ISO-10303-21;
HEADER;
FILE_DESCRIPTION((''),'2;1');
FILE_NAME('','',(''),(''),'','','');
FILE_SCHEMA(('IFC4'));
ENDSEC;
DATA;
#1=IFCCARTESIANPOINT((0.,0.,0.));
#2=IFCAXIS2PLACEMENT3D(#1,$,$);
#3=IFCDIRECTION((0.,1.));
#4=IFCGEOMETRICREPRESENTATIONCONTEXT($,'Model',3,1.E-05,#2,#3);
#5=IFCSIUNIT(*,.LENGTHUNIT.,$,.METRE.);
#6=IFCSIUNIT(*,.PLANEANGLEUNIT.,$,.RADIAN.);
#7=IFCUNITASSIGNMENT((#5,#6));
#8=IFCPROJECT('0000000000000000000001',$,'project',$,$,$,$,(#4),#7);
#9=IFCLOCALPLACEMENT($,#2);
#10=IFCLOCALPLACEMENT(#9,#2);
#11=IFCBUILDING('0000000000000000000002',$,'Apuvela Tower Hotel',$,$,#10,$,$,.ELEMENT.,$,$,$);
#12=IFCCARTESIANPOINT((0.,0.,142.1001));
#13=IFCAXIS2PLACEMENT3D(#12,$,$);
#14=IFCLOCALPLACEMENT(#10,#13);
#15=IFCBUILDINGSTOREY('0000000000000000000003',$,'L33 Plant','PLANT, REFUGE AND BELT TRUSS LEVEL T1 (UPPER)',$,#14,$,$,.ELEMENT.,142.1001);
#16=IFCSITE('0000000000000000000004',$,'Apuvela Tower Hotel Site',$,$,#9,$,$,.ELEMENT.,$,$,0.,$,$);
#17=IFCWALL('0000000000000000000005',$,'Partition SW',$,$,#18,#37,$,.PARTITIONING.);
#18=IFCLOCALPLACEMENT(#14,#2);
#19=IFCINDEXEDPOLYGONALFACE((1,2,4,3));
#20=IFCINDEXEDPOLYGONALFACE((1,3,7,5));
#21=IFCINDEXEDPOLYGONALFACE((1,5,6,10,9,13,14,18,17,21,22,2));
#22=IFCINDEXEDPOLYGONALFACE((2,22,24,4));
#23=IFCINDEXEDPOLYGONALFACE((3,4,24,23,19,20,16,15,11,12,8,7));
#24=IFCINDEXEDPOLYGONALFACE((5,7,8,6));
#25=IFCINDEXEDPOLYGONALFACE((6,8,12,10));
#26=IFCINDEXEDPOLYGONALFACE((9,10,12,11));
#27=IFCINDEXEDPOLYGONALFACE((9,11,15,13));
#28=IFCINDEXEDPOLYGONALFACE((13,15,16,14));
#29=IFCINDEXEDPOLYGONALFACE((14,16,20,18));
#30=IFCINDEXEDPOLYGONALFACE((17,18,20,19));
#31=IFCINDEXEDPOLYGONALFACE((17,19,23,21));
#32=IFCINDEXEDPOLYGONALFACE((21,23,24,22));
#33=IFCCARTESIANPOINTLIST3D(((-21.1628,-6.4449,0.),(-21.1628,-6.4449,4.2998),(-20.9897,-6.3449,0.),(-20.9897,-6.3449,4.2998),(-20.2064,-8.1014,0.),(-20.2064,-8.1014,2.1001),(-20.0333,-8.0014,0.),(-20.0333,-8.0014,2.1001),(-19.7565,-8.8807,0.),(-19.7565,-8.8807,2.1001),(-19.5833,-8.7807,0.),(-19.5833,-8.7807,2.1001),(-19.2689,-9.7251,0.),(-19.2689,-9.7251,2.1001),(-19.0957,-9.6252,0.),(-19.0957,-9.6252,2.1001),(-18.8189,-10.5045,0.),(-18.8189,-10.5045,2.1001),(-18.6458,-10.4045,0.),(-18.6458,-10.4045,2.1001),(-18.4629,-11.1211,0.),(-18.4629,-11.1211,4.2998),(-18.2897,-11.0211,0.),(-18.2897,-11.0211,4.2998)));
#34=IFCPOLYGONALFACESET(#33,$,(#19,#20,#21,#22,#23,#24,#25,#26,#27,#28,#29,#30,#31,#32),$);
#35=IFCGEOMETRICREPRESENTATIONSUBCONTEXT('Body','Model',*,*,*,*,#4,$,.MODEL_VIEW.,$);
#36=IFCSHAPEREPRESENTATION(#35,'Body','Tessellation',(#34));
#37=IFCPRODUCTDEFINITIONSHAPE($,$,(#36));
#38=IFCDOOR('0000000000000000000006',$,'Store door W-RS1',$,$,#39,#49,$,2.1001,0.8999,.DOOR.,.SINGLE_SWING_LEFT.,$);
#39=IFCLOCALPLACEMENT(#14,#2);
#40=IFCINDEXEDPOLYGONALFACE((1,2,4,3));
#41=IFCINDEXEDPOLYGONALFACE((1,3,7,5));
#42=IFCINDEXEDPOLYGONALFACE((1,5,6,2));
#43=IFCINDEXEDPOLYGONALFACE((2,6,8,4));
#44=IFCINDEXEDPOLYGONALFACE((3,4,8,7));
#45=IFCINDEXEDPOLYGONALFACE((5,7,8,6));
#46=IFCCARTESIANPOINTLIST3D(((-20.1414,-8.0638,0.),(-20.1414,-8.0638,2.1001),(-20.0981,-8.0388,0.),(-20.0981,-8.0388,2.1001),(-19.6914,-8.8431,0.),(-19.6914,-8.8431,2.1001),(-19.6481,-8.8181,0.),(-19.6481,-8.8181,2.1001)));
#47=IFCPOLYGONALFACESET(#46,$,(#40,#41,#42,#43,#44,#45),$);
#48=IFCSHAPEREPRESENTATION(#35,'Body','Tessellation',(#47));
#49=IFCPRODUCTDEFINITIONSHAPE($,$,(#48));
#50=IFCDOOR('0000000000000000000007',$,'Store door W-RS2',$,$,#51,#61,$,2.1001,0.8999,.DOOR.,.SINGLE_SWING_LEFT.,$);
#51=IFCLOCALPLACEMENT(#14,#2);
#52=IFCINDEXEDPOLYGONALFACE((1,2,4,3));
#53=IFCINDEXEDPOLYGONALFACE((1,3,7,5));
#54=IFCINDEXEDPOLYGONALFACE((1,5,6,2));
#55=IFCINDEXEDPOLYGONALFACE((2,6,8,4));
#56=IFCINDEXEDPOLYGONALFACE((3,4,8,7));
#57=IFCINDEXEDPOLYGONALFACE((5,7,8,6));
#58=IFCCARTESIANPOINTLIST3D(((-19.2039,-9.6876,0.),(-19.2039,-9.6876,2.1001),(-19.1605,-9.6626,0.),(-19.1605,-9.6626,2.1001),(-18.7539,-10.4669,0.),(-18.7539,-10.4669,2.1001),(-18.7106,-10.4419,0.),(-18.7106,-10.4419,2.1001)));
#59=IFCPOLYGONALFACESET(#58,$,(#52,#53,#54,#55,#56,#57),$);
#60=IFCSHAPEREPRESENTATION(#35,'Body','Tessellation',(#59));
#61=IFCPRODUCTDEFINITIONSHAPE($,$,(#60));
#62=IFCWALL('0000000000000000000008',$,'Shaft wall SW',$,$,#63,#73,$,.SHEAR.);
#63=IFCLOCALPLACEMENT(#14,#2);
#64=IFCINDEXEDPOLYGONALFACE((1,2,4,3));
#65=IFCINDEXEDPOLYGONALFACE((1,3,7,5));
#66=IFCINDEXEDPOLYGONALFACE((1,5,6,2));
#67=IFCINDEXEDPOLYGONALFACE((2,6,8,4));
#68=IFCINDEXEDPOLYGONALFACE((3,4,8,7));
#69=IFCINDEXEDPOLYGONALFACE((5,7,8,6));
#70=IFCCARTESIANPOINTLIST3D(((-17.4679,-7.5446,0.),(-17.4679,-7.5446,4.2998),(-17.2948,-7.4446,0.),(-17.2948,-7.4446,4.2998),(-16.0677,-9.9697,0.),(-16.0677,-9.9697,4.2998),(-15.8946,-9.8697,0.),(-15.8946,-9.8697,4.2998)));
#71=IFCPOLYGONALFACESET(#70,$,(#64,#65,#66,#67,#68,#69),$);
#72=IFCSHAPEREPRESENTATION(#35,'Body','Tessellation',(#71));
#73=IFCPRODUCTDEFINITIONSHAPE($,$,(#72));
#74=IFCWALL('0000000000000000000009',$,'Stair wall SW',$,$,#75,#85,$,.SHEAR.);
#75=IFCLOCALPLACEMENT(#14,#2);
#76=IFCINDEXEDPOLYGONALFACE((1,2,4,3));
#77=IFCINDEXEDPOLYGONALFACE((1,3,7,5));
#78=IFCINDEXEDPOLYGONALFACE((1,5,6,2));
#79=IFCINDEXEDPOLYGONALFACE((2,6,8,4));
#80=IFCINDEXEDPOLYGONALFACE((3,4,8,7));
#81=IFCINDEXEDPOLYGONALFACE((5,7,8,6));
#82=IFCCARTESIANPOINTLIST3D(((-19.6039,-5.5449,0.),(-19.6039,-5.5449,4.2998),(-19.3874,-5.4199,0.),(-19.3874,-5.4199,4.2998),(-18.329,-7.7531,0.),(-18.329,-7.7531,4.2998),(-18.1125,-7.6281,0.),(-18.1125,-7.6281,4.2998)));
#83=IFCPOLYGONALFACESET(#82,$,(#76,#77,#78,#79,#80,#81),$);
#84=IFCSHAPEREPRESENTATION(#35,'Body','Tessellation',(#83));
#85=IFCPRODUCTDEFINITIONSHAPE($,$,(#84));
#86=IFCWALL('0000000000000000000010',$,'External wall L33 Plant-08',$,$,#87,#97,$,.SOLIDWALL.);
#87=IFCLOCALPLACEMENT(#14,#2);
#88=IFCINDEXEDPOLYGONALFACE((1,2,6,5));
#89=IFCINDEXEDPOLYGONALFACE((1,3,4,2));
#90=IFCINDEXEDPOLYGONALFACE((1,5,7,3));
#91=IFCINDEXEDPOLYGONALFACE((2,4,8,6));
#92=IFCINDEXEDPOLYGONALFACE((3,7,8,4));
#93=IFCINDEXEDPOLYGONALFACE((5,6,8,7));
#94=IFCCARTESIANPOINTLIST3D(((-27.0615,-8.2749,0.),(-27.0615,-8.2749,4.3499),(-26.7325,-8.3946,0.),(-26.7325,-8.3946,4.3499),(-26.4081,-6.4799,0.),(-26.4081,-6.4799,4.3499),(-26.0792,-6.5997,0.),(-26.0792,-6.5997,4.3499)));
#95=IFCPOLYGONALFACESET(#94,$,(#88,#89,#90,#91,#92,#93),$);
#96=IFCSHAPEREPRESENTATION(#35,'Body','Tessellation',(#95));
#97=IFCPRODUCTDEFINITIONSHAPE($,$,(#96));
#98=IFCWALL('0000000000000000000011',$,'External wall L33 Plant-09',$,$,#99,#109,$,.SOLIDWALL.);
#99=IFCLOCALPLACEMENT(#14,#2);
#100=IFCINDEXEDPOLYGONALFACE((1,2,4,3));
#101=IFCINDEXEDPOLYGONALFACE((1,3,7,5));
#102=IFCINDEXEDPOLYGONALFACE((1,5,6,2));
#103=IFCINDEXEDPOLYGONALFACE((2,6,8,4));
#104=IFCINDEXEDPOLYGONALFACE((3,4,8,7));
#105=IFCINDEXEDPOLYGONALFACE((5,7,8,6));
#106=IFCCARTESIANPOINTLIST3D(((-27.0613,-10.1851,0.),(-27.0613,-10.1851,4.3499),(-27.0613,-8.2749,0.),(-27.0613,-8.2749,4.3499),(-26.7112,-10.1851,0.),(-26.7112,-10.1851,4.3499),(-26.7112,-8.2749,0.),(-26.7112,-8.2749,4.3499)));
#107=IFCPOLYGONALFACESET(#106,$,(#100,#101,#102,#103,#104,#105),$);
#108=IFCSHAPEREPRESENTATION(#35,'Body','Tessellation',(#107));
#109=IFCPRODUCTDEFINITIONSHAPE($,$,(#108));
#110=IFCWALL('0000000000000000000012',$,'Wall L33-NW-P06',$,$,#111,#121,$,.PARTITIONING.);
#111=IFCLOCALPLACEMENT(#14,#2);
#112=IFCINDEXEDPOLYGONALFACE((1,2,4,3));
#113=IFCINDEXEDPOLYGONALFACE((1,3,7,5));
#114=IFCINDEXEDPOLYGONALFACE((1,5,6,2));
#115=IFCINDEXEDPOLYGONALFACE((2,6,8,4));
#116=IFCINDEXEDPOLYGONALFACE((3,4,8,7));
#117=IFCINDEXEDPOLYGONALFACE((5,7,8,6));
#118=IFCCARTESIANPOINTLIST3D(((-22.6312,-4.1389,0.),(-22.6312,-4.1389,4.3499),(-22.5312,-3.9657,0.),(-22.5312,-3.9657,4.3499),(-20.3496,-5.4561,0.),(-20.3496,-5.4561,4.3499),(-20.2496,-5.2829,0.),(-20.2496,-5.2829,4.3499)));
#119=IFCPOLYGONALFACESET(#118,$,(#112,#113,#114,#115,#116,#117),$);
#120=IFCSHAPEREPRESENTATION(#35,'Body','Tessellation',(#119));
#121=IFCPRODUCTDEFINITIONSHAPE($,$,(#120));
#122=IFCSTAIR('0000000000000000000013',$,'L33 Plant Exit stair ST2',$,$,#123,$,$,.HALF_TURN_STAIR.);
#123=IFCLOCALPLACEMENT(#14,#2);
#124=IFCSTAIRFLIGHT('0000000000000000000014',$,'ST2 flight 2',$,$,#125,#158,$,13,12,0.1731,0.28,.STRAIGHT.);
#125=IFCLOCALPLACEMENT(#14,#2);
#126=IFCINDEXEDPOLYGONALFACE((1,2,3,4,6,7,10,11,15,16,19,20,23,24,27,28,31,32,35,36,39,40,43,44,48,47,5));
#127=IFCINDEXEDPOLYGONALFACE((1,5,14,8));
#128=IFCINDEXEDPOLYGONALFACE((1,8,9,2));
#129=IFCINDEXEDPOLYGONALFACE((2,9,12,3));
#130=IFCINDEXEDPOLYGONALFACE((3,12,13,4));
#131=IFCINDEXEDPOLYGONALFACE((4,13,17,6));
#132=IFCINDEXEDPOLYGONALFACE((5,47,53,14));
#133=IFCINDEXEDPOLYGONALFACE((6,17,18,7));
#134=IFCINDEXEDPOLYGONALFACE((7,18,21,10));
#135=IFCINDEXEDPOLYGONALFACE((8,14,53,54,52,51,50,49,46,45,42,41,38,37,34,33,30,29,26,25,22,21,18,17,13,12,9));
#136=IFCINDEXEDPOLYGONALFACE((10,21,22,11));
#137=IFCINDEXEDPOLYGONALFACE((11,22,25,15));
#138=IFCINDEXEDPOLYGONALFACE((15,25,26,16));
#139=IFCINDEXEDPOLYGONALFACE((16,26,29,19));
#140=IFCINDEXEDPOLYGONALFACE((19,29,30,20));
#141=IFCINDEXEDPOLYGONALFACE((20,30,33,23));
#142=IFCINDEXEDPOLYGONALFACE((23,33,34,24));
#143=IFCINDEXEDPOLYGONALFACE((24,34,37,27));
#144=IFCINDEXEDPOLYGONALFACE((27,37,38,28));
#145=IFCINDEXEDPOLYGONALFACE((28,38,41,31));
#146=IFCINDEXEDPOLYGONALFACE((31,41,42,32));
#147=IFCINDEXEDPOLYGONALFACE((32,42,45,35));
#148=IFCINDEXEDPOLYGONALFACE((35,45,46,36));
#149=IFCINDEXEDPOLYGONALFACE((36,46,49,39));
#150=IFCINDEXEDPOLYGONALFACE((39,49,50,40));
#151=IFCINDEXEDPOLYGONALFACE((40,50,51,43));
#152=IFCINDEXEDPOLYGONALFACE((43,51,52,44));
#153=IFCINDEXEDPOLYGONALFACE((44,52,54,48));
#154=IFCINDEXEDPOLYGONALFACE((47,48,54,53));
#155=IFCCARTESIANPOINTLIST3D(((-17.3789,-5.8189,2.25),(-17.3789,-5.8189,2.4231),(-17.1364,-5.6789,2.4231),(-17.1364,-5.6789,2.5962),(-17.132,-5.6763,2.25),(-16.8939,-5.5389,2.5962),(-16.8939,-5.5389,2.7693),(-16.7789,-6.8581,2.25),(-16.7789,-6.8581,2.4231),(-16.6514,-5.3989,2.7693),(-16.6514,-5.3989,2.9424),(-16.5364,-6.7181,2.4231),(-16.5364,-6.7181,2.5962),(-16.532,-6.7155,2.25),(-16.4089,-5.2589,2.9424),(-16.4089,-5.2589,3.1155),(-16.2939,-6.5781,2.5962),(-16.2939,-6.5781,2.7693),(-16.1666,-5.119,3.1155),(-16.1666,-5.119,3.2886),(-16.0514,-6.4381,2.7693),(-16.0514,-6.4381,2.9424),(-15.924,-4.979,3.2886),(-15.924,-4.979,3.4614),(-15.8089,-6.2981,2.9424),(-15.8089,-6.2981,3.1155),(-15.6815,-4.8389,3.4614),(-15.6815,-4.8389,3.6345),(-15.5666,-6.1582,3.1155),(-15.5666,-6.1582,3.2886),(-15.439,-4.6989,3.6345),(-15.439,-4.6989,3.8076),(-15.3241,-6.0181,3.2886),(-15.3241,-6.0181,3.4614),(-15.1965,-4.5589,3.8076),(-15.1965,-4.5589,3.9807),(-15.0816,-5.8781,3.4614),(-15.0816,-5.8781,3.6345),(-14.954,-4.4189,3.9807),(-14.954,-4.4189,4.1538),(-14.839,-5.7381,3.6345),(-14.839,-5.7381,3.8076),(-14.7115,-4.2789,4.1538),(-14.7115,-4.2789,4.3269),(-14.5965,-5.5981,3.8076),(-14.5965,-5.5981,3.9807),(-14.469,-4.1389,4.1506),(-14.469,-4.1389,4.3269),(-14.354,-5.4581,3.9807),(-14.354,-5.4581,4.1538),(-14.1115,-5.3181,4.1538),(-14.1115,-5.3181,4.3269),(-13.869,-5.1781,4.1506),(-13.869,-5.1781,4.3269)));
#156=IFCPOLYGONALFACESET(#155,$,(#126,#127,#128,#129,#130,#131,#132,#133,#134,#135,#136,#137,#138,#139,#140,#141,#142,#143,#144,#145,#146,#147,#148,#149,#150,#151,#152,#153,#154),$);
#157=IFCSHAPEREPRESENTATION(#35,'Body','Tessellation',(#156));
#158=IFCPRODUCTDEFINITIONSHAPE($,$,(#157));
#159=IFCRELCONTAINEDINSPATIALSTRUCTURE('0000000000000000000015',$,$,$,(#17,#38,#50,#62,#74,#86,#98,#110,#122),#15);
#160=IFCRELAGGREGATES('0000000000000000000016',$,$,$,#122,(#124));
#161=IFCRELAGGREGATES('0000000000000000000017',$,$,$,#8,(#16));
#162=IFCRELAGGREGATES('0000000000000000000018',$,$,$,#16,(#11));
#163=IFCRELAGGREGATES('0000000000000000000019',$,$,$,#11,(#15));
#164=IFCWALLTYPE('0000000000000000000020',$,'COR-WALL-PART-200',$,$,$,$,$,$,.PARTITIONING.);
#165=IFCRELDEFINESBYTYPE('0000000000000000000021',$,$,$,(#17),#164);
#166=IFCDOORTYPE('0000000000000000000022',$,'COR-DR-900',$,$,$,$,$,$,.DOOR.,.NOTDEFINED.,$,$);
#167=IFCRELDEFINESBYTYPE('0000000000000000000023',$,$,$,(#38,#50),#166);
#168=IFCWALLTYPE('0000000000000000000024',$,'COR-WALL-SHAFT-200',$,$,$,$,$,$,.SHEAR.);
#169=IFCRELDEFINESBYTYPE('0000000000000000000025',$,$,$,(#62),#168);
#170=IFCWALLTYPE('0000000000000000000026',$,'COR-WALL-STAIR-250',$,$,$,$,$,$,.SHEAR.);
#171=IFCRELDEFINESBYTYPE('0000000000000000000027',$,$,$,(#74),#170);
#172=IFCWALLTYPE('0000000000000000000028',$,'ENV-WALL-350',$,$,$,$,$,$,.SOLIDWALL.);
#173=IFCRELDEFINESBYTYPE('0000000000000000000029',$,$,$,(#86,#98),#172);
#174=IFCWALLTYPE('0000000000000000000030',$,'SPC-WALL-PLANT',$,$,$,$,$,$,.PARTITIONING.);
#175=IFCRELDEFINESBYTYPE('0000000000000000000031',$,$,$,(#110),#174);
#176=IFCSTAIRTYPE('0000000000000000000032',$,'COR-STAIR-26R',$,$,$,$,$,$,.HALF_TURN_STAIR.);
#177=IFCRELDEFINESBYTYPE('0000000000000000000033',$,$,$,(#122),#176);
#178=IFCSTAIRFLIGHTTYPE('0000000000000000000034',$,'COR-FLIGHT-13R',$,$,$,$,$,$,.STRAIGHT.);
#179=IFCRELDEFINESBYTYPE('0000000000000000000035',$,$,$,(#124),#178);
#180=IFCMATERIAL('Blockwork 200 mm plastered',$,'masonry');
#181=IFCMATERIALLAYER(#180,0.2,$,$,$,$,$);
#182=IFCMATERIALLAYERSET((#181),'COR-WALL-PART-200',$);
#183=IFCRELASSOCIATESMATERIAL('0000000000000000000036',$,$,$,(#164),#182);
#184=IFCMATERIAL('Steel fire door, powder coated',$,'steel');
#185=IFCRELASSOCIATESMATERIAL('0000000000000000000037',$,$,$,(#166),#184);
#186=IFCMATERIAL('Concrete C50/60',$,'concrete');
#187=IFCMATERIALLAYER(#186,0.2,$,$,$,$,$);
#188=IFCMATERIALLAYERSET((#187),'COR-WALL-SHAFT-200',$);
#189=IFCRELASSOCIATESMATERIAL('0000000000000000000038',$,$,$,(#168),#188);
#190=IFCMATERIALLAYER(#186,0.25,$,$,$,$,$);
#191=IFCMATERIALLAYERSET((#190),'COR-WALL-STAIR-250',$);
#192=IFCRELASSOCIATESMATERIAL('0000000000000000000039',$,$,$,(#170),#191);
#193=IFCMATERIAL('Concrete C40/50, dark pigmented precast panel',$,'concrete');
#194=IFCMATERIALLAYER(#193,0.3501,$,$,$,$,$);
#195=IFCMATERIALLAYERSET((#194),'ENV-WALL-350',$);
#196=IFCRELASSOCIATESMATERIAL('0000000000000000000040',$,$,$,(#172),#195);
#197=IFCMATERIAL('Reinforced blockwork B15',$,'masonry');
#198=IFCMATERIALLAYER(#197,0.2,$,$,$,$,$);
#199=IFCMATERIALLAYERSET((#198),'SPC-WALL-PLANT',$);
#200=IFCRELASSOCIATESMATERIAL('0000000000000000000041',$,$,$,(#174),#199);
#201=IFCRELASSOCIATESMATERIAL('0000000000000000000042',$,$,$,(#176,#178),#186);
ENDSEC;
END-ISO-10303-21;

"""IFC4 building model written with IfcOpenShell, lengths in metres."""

from ifc_helpers import new_model, si_unit, direction, frame, frame_2d, origin, place, context, subcontext, project, spatial, polyline, rectangle, outline, extrude, material, layer, layer_set, type_object, element, fill, aggregate, save


model = new_model("IFC4")

# Units and contexts
model_context = context("Model", 3, precision=1e-05, world=origin(), true_north=direction((0.0, 1.0)))
body_context = subcontext(model_context, "Body", "Model", "MODEL_VIEW")
ifc_project = project(units=[si_unit("LENGTHUNIT", "METRE"), si_unit("PLANEANGLEUNIT", "RADIAN")], contexts=[model_context])

# Site, building, storey
site_placement = place(None, origin())
site = spatial("IfcSite", under=ifc_project, at=site_placement, Name="Apuvela Tower Hotel Site", CompositionType="ELEMENT", RefElevation=0.0)
building_placement = place(site_placement, origin())
building = spatial("IfcBuilding", under=site, at=building_placement, Name="Apuvela Tower Hotel", CompositionType="ELEMENT")
storey_placement = place(building_placement, frame((0.0, 0.0, 142.1001)))
storey = spatial("IfcBuildingStorey", under=building, at=storey_placement, Name="L33 Plant", Description="PLANT, REFUGE AND BELT TRUSS LEVEL T1 (UPPER)", CompositionType="ELEMENT", Elevation=142.1001)

# Wall, openings, doors
ifc_material_1 = material(Name="Blockwork 200 mm plastered", Category="masonry")
ifc_layer_1 = layer(ifc_material_1, 0.2)
ifc_layer_set_1 = layer_set([ifc_layer_1], Name="COR-WALL-PART-200")
wall_type_1 = type_object("IfcWallType", Name="COR-WALL-PART-200", PredefinedType="PARTITIONING", material=ifc_layer_set_1)
wall_1_placement = place(storey_placement, frame((-21.0762, -6.395, 0.0), z_axis=(0.0, 0.0, 1.0), x_axis=(0.500015, -0.866017, 0.0)))
wall_1 = element("IfcWall", 1, at=wall_1_placement, inside=storey, type_object=wall_type_1, Name="Partition SW", PredefinedType="PARTITIONING", context=body_context, shape_type="SweptSolid", body=[
    extrude(rectangle(XDim=5.3997, YDim=0.2, at=frame_2d((2.6997, 0.0))), origin(), (0.0, 0.0, 1.0), 4.2998),
])
opening_1_placement = place(wall_1_placement, frame((1.9126, 0.0, 0.0)))
opening_1 = element("IfcOpeningElement", 2, at=opening_1_placement, cuts=wall_1, PredefinedType="OPENING", context=body_context, shape_type="SweptSolid", body=[
    extrude(rectangle(XDim=0.8999, YDim=2.1001, at=frame_2d((0.45, 1.05))), frame((0.0, 0.1099, 0.0), z_axis=(0.0, -1.0, 0.0), x_axis=(1.0, 0.0, 0.0)), (0.0, 0.0, 1.0), 0.22),
])
opening_2_placement = place(wall_1_placement, frame((3.7876, 0.0, 0.0)))
opening_2 = element("IfcOpeningElement", 3, at=opening_2_placement, cuts=wall_1, PredefinedType="OPENING", context=body_context, shape_type="SweptSolid", body=[
    extrude(rectangle(XDim=0.8999, YDim=2.1001, at=frame_2d((0.45, 1.05))), frame((0.0, 0.1099, 0.0), z_axis=(0.0, -1.0, 0.0), x_axis=(1.0, 0.0, 0.0)), (0.0, 0.0, 1.0), 0.22),
])
ifc_material_2 = material(Name="Steel fire door, powder coated", Category="steel")
door_type_1 = type_object("IfcDoorType", Name="COR-DR-900", OperationType="NOTDEFINED", PredefinedType="DOOR", material=ifc_material_2)
door_1_placement = place(opening_1_placement, frame((0.8999, 0.0, 0.0), z_axis=(0.0, 0.0, 1.0), x_axis=(-1.0, 0.0, 0.0)))
door_1 = element("IfcDoor", 4, at=door_1_placement, inside=storey, type_object=door_type_1, Name="Store door W-RS1", OperationType="SINGLE_SWING_LEFT", OverallHeight=2.1001, OverallWidth=0.8999, PredefinedType="DOOR", context=body_context, shape_type="SweptSolid", body=[
    extrude(rectangle(XDim=0.8999, YDim=2.1001, at=frame_2d((0.45, 1.05))), frame((0.0, 0.0249, 0.0), z_axis=(0.0, -1.0, 0.0), x_axis=(1.0, 0.0, 0.0)), (0.0, 0.0, 1.0), 0.05),
])
fill(opening_1, door_1)
door_2_placement = place(opening_2_placement, frame((0.8999, 0.0, 0.0), z_axis=(0.0, 0.0, 1.0), x_axis=(-1.0, 0.0, 0.0)))
door_2 = element("IfcDoor", 5, at=door_2_placement, inside=storey, type_object=door_type_1, Name="Store door W-RS2", OperationType="SINGLE_SWING_LEFT", OverallHeight=2.1001, OverallWidth=0.8999, PredefinedType="DOOR", context=body_context, shape_type="SweptSolid", body=[
    extrude(rectangle(XDim=0.8999, YDim=2.1001, at=frame_2d((0.45, 1.05))), frame((0.0, 0.0249, 0.0), z_axis=(0.0, -1.0, 0.0), x_axis=(1.0, 0.0, 0.0)), (0.0, 0.0, 1.0), 0.05),
])
fill(opening_2, door_2)

# Walls
ifc_material_3 = material(Name="Concrete C50/60", Category="concrete")
ifc_layer_2 = layer(ifc_material_3, 0.2)
ifc_layer_set_2 = layer_set([ifc_layer_2], Name="COR-WALL-SHAFT-200")
wall_type_2 = type_object("IfcWallType", Name="COR-WALL-SHAFT-200", PredefinedType="SHEAR", material=ifc_layer_set_2)
wall_2_placement = place(storey_placement, frame((-17.3813, -7.4946, 0.0), z_axis=(0.0, 0.0, 1.0), x_axis=(0.500012, -0.866019, 0.0)))
element("IfcWall", 6, at=wall_2_placement, inside=storey, type_object=wall_type_2, Name="Shaft wall SW", PredefinedType="SHEAR", context=body_context, shape_type="SweptSolid", body=[
    extrude(rectangle(XDim=2.8003, YDim=0.2, at=frame_2d((1.4001, 0.0))), origin(), (0.0, 0.0, 1.0), 4.2998),
])
ifc_layer_3 = layer(ifc_material_3, 0.25)
ifc_layer_set_3 = layer_set([ifc_layer_3], Name="COR-WALL-STAIR-250")
wall_type_3 = type_object("IfcWallType", Name="COR-WALL-STAIR-250", PredefinedType="SHEAR", material=ifc_layer_set_3)
wall_3_placement = place(storey_placement, frame((-19.4956, -5.4824, 0.0), z_axis=(0.0, 0.0, 1.0), x_axis=(0.49999, -0.866031, 0.0)))
element("IfcWall", 7, at=wall_3_placement, inside=storey, type_object=wall_type_3, Name="Stair wall SW", PredefinedType="SHEAR", context=body_context, shape_type="SweptSolid", body=[
    extrude(rectangle(XDim=2.5498, YDim=0.25, at=frame_2d((1.2749, 0.0))), origin(), (0.0, 0.0, 1.0), 4.2998),
])
ifc_material_4 = material(Name="Concrete C40/50, dark pigmented precast panel", Category="concrete")
ifc_layer_4 = layer(ifc_material_4, 0.3501)
ifc_layer_set_4 = layer_set([ifc_layer_4], Name="ENV-WALL-350")
wall_type_4 = type_object("IfcWallType", Name="ENV-WALL-350", PredefinedType="SOLIDWALL", material=ifc_layer_set_4)
for number, where, z_axis, x_axis, name in (
    (8, (-26.2437, -6.5398, 0.0), (0.0, 0.0, 1.0), (-0.34203, -0.939689, 0.0), "External wall L33 Plant-08"),
    (9, (-26.8862, -8.2749, 0.0), (0.0, 0.0, 1.0), (0.0, -1.0, 0.0), "External wall L33 Plant-09"),
):
    element("IfcWall", number, at=place(storey_placement, frame(where, z_axis=z_axis, x_axis=x_axis)), inside=storey, type_object=wall_type_4, Name=name, PredefinedType="SOLIDWALL", context=body_context, shape_type="SweptSolid", body=[
        extrude(rectangle(XDim=1.9102, YDim=0.3501, at=frame_2d((0.9551, 0.0))), origin(), (0.0, 0.0, 1.0), 4.3499),
    ])
ifc_material_5 = material(Name="Reinforced blockwork B15", Category="masonry")
ifc_layer_5 = layer(ifc_material_5, 0.2)
ifc_layer_set_5 = layer_set([ifc_layer_5], Name="SPC-WALL-PLANT")
wall_type_5 = type_object("IfcWallType", Name="SPC-WALL-PLANT", PredefinedType="PARTITIONING", material=ifc_layer_set_5)
wall_4_placement = place(storey_placement, frame((-22.5813, -4.0522, 0.0), z_axis=(0.0, 0.0, 1.0), x_axis=(0.866039, -0.499976, 0.0)))
element("IfcWall", 10, at=wall_4_placement, inside=storey, type_object=wall_type_5, Name="Wall L33-NW-P06", PredefinedType="PARTITIONING", context=body_context, shape_type="SweptSolid", body=[
    extrude(rectangle(XDim=2.6345, YDim=0.2, at=frame_2d((1.3174, 0.0))), origin(), (0.0, 0.0, 1.0), 4.3499),
])

# Stair, stair flight
stair_type = type_object("IfcStairType", Name="COR-STAIR-26R", PredefinedType="HALF_TURN_STAIR", material=ifc_material_3)
stair_placement = place(storey_placement, origin())
stair = element("IfcStair", 11, at=stair_placement, inside=storey, type_object=stair_type, Name="L33 Plant Exit stair ST2", PredefinedType="HALF_TURN_STAIR")
stair_flight_type = type_object("IfcStairFlightType", Name="COR-FLIGHT-13R", PredefinedType="STRAIGHT", material=ifc_material_3)
stair_flight_placement = place(storey_placement, frame((-17.0789, -6.3386, 2.25), z_axis=(0.0, 0.0, 1.0), x_axis=(0.866025, 0.5, 0.0)))
stair_flight = element("IfcStairFlight", 12, at=stair_flight_placement, type_object=stair_flight_type, Name="ST2 flight 2", NumberOfRisers=13, NumberOfTreads=12, PredefinedType="STRAIGHT", RiserHeight=0.1731, TreadLength=0.28, context=body_context, shape_type="SweptSolid", body=[
    extrude(outline(polyline([(0.0, 0.0), (0.0, 0.1731), (0.28, 0.1731), (0.28, 0.3462), (0.5601, 0.3462), (0.5601, 0.5193), (0.8401, 0.5193), (0.8401, 0.6924), (1.1201, 0.6924), (1.1201, 0.8655), (1.3999, 0.8655), (1.3999, 1.0386), (1.6799, 1.0386), (1.6799, 1.2114), (1.96, 1.2114), (1.96, 1.3845), (2.24, 1.3845), (2.24, 1.5576), (2.52, 1.5576), (2.52, 1.7307), (2.8, 1.7307), (2.8, 1.9038), (3.0801, 1.9038), (3.0801, 2.0769), (3.3601, 2.0769), (3.3601, 2.25), (3.3601, 1.9006), (0.2852, 0.0), (0.0, 0.0)])), frame((0.0, 0.6001, 0.0), z_axis=(0.0, -1.0, 0.0), x_axis=(1.0, 0.0, 0.0)), (0.0, 0.0, 1.0), 1.2),
])
aggregate(stair, [stair_flight])

save(model, "model.ifc")
